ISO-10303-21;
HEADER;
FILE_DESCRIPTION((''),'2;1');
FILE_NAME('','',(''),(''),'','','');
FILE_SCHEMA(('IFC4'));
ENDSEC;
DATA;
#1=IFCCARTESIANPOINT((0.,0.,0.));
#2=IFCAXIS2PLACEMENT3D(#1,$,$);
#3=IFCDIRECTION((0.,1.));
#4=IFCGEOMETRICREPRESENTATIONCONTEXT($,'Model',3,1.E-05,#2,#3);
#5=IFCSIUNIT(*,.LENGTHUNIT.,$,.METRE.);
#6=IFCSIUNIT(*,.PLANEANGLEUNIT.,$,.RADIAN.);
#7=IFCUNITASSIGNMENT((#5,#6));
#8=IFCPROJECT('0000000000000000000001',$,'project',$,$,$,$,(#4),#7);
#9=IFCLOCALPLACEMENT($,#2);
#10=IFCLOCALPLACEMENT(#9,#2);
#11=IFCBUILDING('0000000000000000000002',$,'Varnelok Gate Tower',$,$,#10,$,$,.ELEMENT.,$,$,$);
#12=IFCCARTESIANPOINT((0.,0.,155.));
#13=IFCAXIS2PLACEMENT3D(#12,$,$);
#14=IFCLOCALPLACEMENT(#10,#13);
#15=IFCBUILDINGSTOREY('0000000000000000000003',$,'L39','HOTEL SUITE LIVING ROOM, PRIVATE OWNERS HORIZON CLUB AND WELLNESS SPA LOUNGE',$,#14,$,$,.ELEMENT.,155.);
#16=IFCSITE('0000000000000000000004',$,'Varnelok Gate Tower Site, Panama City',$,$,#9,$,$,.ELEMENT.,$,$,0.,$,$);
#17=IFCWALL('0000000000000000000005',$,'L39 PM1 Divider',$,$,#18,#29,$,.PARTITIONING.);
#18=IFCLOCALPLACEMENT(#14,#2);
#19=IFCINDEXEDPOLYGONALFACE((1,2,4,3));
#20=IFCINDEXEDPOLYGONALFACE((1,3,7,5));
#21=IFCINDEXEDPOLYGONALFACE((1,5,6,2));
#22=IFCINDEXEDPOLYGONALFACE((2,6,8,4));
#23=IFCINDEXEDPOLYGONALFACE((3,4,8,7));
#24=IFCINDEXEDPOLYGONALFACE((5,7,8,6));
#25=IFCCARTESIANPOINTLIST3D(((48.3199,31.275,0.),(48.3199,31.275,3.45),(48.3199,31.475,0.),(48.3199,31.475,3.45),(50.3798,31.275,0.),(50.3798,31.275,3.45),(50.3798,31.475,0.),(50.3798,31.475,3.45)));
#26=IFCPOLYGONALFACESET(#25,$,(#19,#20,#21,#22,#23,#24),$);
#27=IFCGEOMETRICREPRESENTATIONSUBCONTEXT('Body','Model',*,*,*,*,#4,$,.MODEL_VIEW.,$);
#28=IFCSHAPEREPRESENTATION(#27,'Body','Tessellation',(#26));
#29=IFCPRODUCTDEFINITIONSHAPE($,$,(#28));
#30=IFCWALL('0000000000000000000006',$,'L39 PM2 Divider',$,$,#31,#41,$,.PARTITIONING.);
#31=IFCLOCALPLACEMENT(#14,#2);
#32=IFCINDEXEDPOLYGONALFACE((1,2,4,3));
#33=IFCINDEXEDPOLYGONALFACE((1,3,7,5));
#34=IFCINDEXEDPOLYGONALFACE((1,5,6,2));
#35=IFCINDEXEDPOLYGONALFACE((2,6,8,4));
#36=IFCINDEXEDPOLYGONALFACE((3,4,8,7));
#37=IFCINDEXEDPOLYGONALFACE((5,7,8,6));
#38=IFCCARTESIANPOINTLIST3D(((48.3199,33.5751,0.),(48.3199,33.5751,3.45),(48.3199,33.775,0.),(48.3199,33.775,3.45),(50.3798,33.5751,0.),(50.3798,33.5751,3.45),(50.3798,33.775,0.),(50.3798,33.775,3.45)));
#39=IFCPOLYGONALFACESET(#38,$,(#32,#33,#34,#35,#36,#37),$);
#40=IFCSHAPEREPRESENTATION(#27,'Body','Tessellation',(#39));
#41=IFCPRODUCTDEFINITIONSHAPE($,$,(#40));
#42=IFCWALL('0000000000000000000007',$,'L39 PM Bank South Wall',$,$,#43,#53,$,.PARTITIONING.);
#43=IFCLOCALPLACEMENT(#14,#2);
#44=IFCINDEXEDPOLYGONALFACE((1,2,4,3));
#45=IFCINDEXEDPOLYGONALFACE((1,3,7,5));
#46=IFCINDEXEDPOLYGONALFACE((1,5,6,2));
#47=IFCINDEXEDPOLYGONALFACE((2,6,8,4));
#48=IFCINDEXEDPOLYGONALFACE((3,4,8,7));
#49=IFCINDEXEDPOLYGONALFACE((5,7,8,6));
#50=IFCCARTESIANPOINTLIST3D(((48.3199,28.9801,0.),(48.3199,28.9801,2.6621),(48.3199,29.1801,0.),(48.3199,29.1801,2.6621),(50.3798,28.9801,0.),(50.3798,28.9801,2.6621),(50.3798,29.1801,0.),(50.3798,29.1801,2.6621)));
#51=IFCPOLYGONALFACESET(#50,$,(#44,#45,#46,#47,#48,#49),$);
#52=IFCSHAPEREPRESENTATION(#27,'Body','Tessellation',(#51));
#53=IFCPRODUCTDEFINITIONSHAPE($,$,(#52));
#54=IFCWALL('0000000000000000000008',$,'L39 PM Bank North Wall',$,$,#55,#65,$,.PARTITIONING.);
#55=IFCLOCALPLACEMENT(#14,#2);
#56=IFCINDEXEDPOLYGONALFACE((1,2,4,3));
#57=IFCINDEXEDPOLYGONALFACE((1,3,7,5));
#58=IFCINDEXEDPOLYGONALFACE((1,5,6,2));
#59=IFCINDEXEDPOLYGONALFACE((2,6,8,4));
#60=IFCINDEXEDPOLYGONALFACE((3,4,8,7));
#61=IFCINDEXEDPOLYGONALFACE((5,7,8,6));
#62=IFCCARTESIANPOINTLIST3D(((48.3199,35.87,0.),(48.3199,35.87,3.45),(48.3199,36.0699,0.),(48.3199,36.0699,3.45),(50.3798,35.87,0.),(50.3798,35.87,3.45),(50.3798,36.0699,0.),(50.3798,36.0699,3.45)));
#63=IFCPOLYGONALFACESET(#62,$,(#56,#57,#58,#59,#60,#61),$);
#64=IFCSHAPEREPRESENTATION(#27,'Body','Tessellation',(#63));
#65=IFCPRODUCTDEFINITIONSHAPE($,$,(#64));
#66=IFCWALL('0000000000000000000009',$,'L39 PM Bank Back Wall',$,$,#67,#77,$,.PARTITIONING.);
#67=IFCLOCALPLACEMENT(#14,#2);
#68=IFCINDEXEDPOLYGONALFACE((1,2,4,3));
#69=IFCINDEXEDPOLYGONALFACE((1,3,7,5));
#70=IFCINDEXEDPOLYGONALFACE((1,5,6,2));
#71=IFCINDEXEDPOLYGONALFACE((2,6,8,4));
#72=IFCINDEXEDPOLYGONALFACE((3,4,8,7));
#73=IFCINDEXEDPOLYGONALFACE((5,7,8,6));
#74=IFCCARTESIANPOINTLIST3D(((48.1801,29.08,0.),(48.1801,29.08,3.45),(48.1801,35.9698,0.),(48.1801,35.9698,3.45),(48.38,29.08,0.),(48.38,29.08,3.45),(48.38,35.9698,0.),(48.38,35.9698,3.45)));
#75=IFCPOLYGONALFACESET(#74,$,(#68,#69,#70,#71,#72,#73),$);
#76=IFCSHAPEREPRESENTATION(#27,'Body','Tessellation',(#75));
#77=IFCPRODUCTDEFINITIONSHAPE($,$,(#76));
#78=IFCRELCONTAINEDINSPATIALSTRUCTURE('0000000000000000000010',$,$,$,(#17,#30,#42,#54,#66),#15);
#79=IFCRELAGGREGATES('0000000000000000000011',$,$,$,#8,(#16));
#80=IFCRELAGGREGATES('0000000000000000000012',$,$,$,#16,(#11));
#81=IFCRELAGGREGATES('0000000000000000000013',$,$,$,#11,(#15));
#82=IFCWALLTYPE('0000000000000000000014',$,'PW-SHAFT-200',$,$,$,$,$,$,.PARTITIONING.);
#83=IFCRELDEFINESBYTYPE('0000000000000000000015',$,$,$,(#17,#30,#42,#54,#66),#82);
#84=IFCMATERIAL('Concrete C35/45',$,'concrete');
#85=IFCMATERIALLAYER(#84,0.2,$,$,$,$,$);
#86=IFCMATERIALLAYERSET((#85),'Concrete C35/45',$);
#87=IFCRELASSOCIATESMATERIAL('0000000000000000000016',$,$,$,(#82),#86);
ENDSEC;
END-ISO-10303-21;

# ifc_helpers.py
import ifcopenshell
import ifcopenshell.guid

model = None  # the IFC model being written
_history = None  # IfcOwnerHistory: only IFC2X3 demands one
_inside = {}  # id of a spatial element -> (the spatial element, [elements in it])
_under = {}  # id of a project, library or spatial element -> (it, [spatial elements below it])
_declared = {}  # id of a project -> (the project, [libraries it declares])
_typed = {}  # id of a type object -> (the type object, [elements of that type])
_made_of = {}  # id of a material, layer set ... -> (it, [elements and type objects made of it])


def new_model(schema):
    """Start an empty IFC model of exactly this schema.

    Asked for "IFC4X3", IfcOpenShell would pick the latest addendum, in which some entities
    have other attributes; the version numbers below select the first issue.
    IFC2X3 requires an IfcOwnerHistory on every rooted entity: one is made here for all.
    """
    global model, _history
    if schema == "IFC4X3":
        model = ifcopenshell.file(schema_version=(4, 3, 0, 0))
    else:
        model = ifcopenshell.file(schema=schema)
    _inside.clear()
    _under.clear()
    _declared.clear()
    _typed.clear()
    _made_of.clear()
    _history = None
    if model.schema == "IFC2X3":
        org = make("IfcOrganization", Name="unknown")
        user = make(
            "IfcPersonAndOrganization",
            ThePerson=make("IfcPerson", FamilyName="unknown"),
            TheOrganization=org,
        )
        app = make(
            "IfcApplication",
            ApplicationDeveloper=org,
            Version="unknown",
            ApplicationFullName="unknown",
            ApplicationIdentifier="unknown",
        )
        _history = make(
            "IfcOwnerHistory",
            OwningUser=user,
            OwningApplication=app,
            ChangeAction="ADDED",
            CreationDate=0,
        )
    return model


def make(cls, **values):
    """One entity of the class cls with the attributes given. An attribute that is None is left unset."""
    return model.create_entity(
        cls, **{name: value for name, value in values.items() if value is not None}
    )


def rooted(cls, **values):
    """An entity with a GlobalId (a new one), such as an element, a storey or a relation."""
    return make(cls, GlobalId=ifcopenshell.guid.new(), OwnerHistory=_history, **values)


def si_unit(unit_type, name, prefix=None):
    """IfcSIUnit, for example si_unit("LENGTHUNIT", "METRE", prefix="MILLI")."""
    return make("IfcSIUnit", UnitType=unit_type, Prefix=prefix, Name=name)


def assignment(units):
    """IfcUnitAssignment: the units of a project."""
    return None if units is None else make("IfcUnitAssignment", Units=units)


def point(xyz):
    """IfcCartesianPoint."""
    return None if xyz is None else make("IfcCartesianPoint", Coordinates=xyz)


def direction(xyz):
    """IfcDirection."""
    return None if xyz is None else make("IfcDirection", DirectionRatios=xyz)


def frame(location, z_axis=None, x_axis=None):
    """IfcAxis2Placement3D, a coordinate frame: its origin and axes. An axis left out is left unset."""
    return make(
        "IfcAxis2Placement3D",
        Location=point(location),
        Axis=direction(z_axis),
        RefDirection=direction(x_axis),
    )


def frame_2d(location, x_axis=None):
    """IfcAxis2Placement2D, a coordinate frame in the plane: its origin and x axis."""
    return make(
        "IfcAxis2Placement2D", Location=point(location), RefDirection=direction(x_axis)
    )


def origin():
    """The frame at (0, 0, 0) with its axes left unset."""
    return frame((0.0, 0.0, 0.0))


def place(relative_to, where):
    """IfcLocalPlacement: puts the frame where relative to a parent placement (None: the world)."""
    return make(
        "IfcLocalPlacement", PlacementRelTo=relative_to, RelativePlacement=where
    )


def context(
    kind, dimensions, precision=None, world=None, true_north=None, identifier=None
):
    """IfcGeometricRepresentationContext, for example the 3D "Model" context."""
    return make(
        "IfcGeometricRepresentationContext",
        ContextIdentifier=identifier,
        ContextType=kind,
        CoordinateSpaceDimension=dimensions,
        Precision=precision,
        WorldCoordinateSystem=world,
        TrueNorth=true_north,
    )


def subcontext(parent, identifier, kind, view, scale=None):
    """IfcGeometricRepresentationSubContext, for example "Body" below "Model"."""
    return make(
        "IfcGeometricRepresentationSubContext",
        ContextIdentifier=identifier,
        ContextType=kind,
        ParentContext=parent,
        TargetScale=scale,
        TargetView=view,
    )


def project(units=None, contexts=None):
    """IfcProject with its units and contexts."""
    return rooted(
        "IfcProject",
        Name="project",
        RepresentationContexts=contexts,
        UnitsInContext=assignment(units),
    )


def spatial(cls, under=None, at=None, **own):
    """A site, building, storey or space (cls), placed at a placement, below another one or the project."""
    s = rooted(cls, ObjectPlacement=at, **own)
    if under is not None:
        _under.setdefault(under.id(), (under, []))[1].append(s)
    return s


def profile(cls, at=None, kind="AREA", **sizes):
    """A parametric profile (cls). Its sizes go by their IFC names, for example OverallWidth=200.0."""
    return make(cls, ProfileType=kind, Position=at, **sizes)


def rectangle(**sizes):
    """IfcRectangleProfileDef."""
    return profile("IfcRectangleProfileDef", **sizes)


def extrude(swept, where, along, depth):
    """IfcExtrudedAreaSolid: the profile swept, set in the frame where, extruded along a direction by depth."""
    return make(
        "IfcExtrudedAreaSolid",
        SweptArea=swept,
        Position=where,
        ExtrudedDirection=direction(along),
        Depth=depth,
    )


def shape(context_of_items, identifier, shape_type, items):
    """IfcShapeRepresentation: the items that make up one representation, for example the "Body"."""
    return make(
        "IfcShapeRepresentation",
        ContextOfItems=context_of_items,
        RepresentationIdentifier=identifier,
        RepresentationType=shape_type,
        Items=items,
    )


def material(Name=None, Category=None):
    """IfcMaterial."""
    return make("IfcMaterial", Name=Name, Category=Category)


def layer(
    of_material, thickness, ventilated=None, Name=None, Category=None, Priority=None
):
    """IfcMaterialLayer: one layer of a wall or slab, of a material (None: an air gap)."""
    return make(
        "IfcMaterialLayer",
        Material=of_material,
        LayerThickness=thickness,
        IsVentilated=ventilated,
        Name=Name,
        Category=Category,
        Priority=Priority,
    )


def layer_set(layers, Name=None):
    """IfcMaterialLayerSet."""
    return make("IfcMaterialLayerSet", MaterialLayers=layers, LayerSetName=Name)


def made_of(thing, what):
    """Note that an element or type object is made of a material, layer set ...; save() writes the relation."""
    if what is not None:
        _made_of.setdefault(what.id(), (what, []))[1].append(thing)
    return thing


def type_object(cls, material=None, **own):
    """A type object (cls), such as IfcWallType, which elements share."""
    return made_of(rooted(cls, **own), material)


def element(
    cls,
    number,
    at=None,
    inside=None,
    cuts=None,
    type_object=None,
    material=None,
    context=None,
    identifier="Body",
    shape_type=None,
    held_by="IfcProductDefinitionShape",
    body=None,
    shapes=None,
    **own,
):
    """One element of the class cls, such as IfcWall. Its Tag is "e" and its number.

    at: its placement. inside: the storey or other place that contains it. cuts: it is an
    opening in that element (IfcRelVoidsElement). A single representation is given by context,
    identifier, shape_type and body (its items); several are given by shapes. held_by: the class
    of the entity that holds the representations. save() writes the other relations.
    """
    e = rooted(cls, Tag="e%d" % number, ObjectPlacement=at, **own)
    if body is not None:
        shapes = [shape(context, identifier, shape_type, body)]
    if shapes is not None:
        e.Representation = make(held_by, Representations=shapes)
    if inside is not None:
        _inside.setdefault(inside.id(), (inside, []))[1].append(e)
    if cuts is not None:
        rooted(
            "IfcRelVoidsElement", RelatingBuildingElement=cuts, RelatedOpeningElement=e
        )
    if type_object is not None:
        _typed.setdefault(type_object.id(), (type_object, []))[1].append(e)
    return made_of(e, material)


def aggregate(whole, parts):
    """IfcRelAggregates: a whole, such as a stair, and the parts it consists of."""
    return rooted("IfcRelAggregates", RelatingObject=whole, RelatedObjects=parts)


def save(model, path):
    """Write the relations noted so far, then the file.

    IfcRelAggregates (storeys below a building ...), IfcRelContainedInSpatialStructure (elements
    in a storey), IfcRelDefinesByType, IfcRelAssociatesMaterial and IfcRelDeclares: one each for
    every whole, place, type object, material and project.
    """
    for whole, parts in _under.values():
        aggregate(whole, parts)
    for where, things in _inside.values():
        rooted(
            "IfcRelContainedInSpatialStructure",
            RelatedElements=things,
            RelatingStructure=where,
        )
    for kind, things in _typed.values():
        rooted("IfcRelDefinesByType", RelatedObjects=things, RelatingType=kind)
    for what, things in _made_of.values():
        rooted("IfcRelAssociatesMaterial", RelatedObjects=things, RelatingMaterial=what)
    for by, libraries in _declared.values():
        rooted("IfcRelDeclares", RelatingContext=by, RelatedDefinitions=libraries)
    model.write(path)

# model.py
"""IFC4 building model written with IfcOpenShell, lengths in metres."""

from ifc_helpers import new_model, si_unit, direction, frame, frame_2d, origin, place, context, subcontext, project, spatial, rectangle, extrude, material, layer, layer_set, type_object, element, save


model = new_model("IFC4")

# Units and contexts
model_context = context("Model", 3, precision=1e-05, world=origin(), true_north=direction((0.0, 1.0)))
body_context = subcontext(model_context, "Body", "Model", "MODEL_VIEW")
ifc_project = project(units=[si_unit("LENGTHUNIT", "METRE"), si_unit("PLANEANGLEUNIT", "RADIAN")], contexts=[model_context])

# Site, building, storey
site_placement = place(None, origin())
site = spatial("IfcSite", under=ifc_project, at=site_placement, Name="Varnelok Gate Tower Site, Panama City", CompositionType="ELEMENT", RefElevation=0.0)
building_placement = place(site_placement, origin())
building = spatial("IfcBuilding", under=site, at=building_placement, Name="Varnelok Gate Tower", CompositionType="ELEMENT")
storey_placement = place(building_placement, frame((0.0, 0.0, 155.0)))
storey = spatial("IfcBuildingStorey", under=building, at=storey_placement, Name="L39", Description="HOTEL SUITE LIVING ROOM, PRIVATE OWNERS HORIZON CLUB AND WELLNESS SPA LOUNGE", CompositionType="ELEMENT", Elevation=155.0)

# Walls
ifc_material_1 = material(Name="Concrete C35/45", Category="concrete")
ifc_layer_1 = layer(ifc_material_1, 0.2)
ifc_layer_set_1 = layer_set([ifc_layer_1], Name="Concrete C35/45")
wall_type_1 = type_object("IfcWallType", Name="PW-SHAFT-200", PredefinedType="PARTITIONING", material=ifc_layer_set_1)
for number, where, z_axis, x_axis, name in (
    (1, (48.3201, 31.375, 0.0), (0.0, 0.0, 1.0), (1.0, 0.0, 0.0), "L39 PM1 Divider"),
    (2, (48.3201, 33.675, 0.0), (0.0, 0.0, 1.0), (1.0, 0.0, 0.0), "L39 PM2 Divider"),
):
    element("IfcWall", number, at=place(storey_placement, frame(where, z_axis=z_axis, x_axis=x_axis)), inside=storey, type_object=wall_type_1, Name=name, PredefinedType="PARTITIONING", context=body_context, shape_type="SweptSolid", body=[
        extrude(rectangle(XDim=2.0598, YDim=0.2, at=frame_2d((1.0298, 0.0))), origin(), (0.0, 0.0, 1.0), 3.45),
    ])
wall_1_placement = place(storey_placement, frame((48.3201, 29.0801, 0.0), z_axis=(0.0, 0.0, 1.0), x_axis=(1.0, 0.0, 0.0)))
element("IfcWall", 3, at=wall_1_placement, inside=storey, type_object=wall_type_1, Name="L39 PM Bank South Wall", PredefinedType="PARTITIONING", context=body_context, shape_type="SweptSolid", body=[
    extrude(rectangle(XDim=2.0598, YDim=0.2, at=frame_2d((1.0298, 0.0))), origin(), (0.0, 0.0, 1.0), 2.6621),
])
wall_2_placement = place(storey_placement, frame((48.3201, 35.97, 0.0), z_axis=(0.0, 0.0, 1.0), x_axis=(1.0, 0.0, 0.0)))
element("IfcWall", 4, at=wall_2_placement, inside=storey, type_object=wall_type_1, Name="L39 PM Bank North Wall", PredefinedType="PARTITIONING", context=body_context, shape_type="SweptSolid", body=[
    extrude(rectangle(XDim=2.0598, YDim=0.2, at=frame_2d((1.0298, 0.0))), origin(), (0.0, 0.0, 1.0), 3.45),
])
wall_3_placement = place(storey_placement, frame((48.28, 29.0801, 0.0), z_axis=(0.0, 0.0, 1.0), x_axis=(0.0, 1.0, 0.0)))
element("IfcWall", 5, at=wall_3_placement, inside=storey, type_object=wall_type_1, Name="L39 PM Bank Back Wall", PredefinedType="PARTITIONING", context=body_context, shape_type="SweptSolid", body=[
    extrude(rectangle(XDim=6.8899, YDim=0.2, at=frame_2d((3.4448, 0.0))), origin(), (0.0, 0.0, 1.0), 3.45),
])

save(model, "model.ifc")
